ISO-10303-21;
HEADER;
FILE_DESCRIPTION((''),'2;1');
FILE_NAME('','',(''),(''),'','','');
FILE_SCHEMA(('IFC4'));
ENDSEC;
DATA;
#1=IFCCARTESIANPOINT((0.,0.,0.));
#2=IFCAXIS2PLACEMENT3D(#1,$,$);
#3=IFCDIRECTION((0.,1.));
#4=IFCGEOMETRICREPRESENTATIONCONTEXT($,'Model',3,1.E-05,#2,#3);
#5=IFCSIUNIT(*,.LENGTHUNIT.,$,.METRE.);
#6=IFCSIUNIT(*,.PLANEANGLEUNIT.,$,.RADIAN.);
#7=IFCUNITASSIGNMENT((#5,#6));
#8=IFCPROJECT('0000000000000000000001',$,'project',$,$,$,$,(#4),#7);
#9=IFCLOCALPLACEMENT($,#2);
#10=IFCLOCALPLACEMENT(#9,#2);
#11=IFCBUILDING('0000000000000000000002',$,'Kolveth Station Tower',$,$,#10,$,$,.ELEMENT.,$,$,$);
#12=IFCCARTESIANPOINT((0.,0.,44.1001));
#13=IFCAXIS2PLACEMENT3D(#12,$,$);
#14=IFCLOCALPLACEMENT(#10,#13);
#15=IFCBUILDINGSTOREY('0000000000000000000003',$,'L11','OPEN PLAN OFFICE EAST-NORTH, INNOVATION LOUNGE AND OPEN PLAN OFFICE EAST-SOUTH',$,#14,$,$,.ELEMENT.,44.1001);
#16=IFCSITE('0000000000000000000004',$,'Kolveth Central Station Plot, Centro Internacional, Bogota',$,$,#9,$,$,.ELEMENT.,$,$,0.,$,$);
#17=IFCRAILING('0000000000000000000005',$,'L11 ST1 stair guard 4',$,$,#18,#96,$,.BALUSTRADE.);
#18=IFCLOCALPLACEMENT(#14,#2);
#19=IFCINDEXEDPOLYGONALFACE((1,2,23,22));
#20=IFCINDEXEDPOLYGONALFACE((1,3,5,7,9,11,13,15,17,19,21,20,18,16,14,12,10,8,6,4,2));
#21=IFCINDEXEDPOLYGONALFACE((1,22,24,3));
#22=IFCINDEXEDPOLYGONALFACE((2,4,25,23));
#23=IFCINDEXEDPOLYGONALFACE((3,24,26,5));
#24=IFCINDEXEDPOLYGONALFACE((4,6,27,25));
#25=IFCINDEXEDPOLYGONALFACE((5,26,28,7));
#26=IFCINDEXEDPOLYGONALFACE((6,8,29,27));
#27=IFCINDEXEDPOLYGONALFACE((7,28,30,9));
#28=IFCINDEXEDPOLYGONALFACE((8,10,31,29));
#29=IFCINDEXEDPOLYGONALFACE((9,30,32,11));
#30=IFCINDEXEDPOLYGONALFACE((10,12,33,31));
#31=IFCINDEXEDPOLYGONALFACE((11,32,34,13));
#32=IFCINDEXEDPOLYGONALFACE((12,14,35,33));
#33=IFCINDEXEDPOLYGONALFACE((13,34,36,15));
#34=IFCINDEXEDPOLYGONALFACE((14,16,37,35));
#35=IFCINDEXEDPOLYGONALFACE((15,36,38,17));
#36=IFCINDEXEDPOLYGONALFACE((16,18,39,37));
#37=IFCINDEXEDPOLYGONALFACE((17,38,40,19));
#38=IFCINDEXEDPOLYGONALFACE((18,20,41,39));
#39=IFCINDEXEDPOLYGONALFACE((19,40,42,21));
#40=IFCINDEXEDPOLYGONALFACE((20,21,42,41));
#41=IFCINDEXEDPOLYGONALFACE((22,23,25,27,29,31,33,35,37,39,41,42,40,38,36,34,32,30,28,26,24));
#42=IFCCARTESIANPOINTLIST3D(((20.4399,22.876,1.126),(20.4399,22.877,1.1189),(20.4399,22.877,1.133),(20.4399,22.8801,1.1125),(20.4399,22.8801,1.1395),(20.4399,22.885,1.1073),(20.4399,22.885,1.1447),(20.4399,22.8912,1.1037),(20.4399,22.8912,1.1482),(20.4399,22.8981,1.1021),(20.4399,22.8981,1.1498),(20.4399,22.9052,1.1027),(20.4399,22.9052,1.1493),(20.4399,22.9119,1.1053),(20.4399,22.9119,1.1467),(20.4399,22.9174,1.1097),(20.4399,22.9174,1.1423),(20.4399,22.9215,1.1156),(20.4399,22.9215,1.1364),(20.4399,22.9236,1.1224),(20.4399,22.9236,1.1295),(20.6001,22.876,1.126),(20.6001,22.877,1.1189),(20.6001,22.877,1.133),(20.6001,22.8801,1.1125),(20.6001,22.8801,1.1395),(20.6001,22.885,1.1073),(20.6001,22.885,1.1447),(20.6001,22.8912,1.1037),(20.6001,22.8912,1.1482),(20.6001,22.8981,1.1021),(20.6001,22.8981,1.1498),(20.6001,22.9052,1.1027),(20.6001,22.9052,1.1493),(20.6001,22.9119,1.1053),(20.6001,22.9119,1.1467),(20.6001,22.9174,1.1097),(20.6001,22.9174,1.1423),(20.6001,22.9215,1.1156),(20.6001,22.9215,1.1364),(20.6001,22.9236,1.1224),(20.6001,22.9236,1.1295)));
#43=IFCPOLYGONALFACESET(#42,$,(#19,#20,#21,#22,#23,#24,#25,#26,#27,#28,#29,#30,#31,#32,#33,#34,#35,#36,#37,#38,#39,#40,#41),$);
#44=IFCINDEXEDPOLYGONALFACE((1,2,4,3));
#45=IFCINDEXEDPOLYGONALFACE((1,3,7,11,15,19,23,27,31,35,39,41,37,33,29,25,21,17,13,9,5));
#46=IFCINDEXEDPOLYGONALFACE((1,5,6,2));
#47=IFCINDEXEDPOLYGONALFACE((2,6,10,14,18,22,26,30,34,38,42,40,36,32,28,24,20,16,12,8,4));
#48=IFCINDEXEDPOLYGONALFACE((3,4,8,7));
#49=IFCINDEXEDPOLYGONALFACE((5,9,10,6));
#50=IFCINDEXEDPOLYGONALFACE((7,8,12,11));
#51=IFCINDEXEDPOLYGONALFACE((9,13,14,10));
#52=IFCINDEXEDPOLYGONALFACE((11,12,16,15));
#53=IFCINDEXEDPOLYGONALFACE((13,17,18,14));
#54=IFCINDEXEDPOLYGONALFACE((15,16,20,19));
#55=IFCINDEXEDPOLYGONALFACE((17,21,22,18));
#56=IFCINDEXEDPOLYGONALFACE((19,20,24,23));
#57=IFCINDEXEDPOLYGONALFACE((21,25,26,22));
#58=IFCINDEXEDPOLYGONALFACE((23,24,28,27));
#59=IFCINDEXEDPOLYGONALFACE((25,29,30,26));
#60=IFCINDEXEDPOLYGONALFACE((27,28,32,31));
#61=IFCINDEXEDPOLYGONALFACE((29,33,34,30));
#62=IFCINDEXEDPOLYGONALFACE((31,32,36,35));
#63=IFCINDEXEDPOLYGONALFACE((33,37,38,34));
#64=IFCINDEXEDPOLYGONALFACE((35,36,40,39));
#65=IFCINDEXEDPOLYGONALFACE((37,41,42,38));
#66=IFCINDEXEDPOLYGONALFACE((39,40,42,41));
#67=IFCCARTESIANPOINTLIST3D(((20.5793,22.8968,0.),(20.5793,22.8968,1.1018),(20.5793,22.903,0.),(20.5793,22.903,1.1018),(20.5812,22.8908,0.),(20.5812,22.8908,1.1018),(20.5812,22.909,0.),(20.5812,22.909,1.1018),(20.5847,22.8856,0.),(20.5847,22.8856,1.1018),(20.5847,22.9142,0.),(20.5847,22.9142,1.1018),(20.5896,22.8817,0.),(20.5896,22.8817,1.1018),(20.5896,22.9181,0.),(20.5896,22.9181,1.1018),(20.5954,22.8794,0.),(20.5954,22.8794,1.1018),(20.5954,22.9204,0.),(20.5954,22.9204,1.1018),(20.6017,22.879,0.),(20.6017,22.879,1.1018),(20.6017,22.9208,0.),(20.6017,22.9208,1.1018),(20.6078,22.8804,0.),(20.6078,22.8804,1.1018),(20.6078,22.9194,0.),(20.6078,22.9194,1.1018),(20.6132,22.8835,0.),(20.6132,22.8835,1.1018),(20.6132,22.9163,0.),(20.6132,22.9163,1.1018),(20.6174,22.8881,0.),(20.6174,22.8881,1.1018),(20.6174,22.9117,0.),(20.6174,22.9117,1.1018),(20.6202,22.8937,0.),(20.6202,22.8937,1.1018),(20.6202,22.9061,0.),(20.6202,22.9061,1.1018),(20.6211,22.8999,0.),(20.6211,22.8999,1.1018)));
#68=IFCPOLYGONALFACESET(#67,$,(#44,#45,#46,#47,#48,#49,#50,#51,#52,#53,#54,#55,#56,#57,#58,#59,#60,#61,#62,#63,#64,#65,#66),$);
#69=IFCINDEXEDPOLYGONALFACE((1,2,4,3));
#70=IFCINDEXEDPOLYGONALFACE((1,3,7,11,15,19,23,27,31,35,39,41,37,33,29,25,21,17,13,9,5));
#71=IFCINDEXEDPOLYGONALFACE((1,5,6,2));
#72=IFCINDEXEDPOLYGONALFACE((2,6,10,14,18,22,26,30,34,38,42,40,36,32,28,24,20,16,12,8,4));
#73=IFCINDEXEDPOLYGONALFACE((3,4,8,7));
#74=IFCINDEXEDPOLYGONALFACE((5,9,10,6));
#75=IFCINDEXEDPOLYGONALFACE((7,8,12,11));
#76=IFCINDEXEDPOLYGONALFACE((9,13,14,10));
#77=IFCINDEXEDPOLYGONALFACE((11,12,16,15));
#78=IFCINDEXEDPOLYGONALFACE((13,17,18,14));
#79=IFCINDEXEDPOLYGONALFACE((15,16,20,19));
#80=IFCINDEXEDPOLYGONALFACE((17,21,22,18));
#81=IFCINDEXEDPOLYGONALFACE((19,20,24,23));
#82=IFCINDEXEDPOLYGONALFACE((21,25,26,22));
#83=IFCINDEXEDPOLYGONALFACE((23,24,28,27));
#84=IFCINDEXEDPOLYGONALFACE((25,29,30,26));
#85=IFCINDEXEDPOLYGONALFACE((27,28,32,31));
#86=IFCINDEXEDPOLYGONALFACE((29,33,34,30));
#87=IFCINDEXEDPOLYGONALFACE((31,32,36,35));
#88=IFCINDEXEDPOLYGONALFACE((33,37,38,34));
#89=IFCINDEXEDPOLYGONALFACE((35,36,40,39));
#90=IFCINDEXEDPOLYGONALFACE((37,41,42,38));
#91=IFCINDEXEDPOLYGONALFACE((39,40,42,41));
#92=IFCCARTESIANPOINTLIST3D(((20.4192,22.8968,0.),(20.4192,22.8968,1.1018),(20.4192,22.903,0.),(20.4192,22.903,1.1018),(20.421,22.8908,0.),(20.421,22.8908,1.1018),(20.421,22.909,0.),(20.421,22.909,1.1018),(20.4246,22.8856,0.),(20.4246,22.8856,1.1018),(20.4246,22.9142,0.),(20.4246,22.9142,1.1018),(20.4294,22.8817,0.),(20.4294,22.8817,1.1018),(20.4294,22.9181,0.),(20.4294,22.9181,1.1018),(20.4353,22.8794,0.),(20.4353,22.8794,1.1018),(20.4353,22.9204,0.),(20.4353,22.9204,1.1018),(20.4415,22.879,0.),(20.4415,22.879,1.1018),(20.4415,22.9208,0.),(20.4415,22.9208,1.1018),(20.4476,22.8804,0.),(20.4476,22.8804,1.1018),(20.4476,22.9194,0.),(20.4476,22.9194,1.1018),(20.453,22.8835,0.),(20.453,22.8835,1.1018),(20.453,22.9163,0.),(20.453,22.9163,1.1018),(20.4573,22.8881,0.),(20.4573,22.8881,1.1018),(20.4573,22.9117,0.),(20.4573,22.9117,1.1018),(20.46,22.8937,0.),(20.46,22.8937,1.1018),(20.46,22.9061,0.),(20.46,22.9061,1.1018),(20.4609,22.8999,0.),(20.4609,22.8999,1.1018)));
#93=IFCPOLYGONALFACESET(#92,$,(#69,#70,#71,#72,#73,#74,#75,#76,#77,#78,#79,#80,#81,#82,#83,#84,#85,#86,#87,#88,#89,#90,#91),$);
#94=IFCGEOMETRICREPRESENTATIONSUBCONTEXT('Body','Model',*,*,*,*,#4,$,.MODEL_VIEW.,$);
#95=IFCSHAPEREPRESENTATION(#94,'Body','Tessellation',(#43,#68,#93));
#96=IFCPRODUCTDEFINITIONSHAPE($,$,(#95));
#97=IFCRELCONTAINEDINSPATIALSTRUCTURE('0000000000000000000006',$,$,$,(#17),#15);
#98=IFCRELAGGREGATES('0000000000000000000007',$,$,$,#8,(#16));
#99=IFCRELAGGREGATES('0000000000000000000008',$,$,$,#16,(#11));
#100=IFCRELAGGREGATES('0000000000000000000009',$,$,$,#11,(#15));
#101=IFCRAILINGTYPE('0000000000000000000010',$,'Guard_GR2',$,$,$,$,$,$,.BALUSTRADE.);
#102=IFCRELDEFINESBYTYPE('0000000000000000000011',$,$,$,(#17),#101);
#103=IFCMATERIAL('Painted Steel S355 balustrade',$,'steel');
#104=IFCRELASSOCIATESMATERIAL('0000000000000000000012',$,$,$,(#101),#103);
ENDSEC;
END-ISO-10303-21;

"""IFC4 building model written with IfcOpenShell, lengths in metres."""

from ifc_helpers import new_model, si_unit, direction, frame, origin, origin_2d, place, context, subcontext, project, spatial, circle, extrude, material, type_object, element, save


model = new_model("IFC4")

# Units and contexts
model_context = context("Model", 3, precision=1e-05, world=origin(), true_north=direction((0.0, 1.0)))
body_context = subcontext(model_context, "Body", "Model", "MODEL_VIEW")
ifc_project = project(units=[si_unit("LENGTHUNIT", "METRE"), si_unit("PLANEANGLEUNIT", "RADIAN")], contexts=[model_context])

# Site, building, storey
site_placement = place(None, origin())
site = spatial("IfcSite", under=ifc_project, at=site_placement, Name="Kolveth Central Station Plot, Centro Internacional, Bogota", CompositionType="ELEMENT", RefElevation=0.0)
building_placement = place(site_placement, origin())
building = spatial("IfcBuilding", under=site, at=building_placement, Name="Kolveth Station Tower", CompositionType="ELEMENT")
storey_placement = place(building_placement, frame((0.0, 0.0, 44.1001)))
storey = spatial("IfcBuildingStorey", under=building, at=storey_placement, Name="L11", Description="OPEN PLAN OFFICE EAST-NORTH, INNOVATION LOUNGE AND OPEN PLAN OFFICE EAST-SOUTH", CompositionType="ELEMENT", Elevation=44.1001)

# Railing
ifc_material_1 = material(Name="Painted Steel S355 balustrade", Category="steel")
railing_type_1 = type_object("IfcRailingType", Name="Guard_GR2", PredefinedType="BALUSTRADE", material=ifc_material_1)
railing_1_placement = place(storey_placement, frame((20.6001, 22.8999, 0.0)))
element("IfcRailing", 1, at=railing_1_placement, inside=storey, type_object=railing_type_1, Name="L11 ST1 stair guard 4", PredefinedType="BALUSTRADE", context=body_context, shape_type="SweptSolid", body=[
    extrude(circle(Radius=0.0239, at=origin_2d()), frame((0.0, 0.0, 1.126), z_axis=(-1.0, 0.0, 0.0), x_axis=(0.0, -1.0, 0.0)), (0.0, 0.0, 1.0), 0.1602),
    extrude(circle(Radius=0.021, at=origin_2d()), origin(), (0.0, 0.0, 1.0), 1.1018),
    extrude(circle(Radius=0.021, at=origin_2d()), frame((-0.1602, 0.0, 0.0)), (0.0, 0.0, 1.0), 1.1018),
])

save(model, "model.ifc")
